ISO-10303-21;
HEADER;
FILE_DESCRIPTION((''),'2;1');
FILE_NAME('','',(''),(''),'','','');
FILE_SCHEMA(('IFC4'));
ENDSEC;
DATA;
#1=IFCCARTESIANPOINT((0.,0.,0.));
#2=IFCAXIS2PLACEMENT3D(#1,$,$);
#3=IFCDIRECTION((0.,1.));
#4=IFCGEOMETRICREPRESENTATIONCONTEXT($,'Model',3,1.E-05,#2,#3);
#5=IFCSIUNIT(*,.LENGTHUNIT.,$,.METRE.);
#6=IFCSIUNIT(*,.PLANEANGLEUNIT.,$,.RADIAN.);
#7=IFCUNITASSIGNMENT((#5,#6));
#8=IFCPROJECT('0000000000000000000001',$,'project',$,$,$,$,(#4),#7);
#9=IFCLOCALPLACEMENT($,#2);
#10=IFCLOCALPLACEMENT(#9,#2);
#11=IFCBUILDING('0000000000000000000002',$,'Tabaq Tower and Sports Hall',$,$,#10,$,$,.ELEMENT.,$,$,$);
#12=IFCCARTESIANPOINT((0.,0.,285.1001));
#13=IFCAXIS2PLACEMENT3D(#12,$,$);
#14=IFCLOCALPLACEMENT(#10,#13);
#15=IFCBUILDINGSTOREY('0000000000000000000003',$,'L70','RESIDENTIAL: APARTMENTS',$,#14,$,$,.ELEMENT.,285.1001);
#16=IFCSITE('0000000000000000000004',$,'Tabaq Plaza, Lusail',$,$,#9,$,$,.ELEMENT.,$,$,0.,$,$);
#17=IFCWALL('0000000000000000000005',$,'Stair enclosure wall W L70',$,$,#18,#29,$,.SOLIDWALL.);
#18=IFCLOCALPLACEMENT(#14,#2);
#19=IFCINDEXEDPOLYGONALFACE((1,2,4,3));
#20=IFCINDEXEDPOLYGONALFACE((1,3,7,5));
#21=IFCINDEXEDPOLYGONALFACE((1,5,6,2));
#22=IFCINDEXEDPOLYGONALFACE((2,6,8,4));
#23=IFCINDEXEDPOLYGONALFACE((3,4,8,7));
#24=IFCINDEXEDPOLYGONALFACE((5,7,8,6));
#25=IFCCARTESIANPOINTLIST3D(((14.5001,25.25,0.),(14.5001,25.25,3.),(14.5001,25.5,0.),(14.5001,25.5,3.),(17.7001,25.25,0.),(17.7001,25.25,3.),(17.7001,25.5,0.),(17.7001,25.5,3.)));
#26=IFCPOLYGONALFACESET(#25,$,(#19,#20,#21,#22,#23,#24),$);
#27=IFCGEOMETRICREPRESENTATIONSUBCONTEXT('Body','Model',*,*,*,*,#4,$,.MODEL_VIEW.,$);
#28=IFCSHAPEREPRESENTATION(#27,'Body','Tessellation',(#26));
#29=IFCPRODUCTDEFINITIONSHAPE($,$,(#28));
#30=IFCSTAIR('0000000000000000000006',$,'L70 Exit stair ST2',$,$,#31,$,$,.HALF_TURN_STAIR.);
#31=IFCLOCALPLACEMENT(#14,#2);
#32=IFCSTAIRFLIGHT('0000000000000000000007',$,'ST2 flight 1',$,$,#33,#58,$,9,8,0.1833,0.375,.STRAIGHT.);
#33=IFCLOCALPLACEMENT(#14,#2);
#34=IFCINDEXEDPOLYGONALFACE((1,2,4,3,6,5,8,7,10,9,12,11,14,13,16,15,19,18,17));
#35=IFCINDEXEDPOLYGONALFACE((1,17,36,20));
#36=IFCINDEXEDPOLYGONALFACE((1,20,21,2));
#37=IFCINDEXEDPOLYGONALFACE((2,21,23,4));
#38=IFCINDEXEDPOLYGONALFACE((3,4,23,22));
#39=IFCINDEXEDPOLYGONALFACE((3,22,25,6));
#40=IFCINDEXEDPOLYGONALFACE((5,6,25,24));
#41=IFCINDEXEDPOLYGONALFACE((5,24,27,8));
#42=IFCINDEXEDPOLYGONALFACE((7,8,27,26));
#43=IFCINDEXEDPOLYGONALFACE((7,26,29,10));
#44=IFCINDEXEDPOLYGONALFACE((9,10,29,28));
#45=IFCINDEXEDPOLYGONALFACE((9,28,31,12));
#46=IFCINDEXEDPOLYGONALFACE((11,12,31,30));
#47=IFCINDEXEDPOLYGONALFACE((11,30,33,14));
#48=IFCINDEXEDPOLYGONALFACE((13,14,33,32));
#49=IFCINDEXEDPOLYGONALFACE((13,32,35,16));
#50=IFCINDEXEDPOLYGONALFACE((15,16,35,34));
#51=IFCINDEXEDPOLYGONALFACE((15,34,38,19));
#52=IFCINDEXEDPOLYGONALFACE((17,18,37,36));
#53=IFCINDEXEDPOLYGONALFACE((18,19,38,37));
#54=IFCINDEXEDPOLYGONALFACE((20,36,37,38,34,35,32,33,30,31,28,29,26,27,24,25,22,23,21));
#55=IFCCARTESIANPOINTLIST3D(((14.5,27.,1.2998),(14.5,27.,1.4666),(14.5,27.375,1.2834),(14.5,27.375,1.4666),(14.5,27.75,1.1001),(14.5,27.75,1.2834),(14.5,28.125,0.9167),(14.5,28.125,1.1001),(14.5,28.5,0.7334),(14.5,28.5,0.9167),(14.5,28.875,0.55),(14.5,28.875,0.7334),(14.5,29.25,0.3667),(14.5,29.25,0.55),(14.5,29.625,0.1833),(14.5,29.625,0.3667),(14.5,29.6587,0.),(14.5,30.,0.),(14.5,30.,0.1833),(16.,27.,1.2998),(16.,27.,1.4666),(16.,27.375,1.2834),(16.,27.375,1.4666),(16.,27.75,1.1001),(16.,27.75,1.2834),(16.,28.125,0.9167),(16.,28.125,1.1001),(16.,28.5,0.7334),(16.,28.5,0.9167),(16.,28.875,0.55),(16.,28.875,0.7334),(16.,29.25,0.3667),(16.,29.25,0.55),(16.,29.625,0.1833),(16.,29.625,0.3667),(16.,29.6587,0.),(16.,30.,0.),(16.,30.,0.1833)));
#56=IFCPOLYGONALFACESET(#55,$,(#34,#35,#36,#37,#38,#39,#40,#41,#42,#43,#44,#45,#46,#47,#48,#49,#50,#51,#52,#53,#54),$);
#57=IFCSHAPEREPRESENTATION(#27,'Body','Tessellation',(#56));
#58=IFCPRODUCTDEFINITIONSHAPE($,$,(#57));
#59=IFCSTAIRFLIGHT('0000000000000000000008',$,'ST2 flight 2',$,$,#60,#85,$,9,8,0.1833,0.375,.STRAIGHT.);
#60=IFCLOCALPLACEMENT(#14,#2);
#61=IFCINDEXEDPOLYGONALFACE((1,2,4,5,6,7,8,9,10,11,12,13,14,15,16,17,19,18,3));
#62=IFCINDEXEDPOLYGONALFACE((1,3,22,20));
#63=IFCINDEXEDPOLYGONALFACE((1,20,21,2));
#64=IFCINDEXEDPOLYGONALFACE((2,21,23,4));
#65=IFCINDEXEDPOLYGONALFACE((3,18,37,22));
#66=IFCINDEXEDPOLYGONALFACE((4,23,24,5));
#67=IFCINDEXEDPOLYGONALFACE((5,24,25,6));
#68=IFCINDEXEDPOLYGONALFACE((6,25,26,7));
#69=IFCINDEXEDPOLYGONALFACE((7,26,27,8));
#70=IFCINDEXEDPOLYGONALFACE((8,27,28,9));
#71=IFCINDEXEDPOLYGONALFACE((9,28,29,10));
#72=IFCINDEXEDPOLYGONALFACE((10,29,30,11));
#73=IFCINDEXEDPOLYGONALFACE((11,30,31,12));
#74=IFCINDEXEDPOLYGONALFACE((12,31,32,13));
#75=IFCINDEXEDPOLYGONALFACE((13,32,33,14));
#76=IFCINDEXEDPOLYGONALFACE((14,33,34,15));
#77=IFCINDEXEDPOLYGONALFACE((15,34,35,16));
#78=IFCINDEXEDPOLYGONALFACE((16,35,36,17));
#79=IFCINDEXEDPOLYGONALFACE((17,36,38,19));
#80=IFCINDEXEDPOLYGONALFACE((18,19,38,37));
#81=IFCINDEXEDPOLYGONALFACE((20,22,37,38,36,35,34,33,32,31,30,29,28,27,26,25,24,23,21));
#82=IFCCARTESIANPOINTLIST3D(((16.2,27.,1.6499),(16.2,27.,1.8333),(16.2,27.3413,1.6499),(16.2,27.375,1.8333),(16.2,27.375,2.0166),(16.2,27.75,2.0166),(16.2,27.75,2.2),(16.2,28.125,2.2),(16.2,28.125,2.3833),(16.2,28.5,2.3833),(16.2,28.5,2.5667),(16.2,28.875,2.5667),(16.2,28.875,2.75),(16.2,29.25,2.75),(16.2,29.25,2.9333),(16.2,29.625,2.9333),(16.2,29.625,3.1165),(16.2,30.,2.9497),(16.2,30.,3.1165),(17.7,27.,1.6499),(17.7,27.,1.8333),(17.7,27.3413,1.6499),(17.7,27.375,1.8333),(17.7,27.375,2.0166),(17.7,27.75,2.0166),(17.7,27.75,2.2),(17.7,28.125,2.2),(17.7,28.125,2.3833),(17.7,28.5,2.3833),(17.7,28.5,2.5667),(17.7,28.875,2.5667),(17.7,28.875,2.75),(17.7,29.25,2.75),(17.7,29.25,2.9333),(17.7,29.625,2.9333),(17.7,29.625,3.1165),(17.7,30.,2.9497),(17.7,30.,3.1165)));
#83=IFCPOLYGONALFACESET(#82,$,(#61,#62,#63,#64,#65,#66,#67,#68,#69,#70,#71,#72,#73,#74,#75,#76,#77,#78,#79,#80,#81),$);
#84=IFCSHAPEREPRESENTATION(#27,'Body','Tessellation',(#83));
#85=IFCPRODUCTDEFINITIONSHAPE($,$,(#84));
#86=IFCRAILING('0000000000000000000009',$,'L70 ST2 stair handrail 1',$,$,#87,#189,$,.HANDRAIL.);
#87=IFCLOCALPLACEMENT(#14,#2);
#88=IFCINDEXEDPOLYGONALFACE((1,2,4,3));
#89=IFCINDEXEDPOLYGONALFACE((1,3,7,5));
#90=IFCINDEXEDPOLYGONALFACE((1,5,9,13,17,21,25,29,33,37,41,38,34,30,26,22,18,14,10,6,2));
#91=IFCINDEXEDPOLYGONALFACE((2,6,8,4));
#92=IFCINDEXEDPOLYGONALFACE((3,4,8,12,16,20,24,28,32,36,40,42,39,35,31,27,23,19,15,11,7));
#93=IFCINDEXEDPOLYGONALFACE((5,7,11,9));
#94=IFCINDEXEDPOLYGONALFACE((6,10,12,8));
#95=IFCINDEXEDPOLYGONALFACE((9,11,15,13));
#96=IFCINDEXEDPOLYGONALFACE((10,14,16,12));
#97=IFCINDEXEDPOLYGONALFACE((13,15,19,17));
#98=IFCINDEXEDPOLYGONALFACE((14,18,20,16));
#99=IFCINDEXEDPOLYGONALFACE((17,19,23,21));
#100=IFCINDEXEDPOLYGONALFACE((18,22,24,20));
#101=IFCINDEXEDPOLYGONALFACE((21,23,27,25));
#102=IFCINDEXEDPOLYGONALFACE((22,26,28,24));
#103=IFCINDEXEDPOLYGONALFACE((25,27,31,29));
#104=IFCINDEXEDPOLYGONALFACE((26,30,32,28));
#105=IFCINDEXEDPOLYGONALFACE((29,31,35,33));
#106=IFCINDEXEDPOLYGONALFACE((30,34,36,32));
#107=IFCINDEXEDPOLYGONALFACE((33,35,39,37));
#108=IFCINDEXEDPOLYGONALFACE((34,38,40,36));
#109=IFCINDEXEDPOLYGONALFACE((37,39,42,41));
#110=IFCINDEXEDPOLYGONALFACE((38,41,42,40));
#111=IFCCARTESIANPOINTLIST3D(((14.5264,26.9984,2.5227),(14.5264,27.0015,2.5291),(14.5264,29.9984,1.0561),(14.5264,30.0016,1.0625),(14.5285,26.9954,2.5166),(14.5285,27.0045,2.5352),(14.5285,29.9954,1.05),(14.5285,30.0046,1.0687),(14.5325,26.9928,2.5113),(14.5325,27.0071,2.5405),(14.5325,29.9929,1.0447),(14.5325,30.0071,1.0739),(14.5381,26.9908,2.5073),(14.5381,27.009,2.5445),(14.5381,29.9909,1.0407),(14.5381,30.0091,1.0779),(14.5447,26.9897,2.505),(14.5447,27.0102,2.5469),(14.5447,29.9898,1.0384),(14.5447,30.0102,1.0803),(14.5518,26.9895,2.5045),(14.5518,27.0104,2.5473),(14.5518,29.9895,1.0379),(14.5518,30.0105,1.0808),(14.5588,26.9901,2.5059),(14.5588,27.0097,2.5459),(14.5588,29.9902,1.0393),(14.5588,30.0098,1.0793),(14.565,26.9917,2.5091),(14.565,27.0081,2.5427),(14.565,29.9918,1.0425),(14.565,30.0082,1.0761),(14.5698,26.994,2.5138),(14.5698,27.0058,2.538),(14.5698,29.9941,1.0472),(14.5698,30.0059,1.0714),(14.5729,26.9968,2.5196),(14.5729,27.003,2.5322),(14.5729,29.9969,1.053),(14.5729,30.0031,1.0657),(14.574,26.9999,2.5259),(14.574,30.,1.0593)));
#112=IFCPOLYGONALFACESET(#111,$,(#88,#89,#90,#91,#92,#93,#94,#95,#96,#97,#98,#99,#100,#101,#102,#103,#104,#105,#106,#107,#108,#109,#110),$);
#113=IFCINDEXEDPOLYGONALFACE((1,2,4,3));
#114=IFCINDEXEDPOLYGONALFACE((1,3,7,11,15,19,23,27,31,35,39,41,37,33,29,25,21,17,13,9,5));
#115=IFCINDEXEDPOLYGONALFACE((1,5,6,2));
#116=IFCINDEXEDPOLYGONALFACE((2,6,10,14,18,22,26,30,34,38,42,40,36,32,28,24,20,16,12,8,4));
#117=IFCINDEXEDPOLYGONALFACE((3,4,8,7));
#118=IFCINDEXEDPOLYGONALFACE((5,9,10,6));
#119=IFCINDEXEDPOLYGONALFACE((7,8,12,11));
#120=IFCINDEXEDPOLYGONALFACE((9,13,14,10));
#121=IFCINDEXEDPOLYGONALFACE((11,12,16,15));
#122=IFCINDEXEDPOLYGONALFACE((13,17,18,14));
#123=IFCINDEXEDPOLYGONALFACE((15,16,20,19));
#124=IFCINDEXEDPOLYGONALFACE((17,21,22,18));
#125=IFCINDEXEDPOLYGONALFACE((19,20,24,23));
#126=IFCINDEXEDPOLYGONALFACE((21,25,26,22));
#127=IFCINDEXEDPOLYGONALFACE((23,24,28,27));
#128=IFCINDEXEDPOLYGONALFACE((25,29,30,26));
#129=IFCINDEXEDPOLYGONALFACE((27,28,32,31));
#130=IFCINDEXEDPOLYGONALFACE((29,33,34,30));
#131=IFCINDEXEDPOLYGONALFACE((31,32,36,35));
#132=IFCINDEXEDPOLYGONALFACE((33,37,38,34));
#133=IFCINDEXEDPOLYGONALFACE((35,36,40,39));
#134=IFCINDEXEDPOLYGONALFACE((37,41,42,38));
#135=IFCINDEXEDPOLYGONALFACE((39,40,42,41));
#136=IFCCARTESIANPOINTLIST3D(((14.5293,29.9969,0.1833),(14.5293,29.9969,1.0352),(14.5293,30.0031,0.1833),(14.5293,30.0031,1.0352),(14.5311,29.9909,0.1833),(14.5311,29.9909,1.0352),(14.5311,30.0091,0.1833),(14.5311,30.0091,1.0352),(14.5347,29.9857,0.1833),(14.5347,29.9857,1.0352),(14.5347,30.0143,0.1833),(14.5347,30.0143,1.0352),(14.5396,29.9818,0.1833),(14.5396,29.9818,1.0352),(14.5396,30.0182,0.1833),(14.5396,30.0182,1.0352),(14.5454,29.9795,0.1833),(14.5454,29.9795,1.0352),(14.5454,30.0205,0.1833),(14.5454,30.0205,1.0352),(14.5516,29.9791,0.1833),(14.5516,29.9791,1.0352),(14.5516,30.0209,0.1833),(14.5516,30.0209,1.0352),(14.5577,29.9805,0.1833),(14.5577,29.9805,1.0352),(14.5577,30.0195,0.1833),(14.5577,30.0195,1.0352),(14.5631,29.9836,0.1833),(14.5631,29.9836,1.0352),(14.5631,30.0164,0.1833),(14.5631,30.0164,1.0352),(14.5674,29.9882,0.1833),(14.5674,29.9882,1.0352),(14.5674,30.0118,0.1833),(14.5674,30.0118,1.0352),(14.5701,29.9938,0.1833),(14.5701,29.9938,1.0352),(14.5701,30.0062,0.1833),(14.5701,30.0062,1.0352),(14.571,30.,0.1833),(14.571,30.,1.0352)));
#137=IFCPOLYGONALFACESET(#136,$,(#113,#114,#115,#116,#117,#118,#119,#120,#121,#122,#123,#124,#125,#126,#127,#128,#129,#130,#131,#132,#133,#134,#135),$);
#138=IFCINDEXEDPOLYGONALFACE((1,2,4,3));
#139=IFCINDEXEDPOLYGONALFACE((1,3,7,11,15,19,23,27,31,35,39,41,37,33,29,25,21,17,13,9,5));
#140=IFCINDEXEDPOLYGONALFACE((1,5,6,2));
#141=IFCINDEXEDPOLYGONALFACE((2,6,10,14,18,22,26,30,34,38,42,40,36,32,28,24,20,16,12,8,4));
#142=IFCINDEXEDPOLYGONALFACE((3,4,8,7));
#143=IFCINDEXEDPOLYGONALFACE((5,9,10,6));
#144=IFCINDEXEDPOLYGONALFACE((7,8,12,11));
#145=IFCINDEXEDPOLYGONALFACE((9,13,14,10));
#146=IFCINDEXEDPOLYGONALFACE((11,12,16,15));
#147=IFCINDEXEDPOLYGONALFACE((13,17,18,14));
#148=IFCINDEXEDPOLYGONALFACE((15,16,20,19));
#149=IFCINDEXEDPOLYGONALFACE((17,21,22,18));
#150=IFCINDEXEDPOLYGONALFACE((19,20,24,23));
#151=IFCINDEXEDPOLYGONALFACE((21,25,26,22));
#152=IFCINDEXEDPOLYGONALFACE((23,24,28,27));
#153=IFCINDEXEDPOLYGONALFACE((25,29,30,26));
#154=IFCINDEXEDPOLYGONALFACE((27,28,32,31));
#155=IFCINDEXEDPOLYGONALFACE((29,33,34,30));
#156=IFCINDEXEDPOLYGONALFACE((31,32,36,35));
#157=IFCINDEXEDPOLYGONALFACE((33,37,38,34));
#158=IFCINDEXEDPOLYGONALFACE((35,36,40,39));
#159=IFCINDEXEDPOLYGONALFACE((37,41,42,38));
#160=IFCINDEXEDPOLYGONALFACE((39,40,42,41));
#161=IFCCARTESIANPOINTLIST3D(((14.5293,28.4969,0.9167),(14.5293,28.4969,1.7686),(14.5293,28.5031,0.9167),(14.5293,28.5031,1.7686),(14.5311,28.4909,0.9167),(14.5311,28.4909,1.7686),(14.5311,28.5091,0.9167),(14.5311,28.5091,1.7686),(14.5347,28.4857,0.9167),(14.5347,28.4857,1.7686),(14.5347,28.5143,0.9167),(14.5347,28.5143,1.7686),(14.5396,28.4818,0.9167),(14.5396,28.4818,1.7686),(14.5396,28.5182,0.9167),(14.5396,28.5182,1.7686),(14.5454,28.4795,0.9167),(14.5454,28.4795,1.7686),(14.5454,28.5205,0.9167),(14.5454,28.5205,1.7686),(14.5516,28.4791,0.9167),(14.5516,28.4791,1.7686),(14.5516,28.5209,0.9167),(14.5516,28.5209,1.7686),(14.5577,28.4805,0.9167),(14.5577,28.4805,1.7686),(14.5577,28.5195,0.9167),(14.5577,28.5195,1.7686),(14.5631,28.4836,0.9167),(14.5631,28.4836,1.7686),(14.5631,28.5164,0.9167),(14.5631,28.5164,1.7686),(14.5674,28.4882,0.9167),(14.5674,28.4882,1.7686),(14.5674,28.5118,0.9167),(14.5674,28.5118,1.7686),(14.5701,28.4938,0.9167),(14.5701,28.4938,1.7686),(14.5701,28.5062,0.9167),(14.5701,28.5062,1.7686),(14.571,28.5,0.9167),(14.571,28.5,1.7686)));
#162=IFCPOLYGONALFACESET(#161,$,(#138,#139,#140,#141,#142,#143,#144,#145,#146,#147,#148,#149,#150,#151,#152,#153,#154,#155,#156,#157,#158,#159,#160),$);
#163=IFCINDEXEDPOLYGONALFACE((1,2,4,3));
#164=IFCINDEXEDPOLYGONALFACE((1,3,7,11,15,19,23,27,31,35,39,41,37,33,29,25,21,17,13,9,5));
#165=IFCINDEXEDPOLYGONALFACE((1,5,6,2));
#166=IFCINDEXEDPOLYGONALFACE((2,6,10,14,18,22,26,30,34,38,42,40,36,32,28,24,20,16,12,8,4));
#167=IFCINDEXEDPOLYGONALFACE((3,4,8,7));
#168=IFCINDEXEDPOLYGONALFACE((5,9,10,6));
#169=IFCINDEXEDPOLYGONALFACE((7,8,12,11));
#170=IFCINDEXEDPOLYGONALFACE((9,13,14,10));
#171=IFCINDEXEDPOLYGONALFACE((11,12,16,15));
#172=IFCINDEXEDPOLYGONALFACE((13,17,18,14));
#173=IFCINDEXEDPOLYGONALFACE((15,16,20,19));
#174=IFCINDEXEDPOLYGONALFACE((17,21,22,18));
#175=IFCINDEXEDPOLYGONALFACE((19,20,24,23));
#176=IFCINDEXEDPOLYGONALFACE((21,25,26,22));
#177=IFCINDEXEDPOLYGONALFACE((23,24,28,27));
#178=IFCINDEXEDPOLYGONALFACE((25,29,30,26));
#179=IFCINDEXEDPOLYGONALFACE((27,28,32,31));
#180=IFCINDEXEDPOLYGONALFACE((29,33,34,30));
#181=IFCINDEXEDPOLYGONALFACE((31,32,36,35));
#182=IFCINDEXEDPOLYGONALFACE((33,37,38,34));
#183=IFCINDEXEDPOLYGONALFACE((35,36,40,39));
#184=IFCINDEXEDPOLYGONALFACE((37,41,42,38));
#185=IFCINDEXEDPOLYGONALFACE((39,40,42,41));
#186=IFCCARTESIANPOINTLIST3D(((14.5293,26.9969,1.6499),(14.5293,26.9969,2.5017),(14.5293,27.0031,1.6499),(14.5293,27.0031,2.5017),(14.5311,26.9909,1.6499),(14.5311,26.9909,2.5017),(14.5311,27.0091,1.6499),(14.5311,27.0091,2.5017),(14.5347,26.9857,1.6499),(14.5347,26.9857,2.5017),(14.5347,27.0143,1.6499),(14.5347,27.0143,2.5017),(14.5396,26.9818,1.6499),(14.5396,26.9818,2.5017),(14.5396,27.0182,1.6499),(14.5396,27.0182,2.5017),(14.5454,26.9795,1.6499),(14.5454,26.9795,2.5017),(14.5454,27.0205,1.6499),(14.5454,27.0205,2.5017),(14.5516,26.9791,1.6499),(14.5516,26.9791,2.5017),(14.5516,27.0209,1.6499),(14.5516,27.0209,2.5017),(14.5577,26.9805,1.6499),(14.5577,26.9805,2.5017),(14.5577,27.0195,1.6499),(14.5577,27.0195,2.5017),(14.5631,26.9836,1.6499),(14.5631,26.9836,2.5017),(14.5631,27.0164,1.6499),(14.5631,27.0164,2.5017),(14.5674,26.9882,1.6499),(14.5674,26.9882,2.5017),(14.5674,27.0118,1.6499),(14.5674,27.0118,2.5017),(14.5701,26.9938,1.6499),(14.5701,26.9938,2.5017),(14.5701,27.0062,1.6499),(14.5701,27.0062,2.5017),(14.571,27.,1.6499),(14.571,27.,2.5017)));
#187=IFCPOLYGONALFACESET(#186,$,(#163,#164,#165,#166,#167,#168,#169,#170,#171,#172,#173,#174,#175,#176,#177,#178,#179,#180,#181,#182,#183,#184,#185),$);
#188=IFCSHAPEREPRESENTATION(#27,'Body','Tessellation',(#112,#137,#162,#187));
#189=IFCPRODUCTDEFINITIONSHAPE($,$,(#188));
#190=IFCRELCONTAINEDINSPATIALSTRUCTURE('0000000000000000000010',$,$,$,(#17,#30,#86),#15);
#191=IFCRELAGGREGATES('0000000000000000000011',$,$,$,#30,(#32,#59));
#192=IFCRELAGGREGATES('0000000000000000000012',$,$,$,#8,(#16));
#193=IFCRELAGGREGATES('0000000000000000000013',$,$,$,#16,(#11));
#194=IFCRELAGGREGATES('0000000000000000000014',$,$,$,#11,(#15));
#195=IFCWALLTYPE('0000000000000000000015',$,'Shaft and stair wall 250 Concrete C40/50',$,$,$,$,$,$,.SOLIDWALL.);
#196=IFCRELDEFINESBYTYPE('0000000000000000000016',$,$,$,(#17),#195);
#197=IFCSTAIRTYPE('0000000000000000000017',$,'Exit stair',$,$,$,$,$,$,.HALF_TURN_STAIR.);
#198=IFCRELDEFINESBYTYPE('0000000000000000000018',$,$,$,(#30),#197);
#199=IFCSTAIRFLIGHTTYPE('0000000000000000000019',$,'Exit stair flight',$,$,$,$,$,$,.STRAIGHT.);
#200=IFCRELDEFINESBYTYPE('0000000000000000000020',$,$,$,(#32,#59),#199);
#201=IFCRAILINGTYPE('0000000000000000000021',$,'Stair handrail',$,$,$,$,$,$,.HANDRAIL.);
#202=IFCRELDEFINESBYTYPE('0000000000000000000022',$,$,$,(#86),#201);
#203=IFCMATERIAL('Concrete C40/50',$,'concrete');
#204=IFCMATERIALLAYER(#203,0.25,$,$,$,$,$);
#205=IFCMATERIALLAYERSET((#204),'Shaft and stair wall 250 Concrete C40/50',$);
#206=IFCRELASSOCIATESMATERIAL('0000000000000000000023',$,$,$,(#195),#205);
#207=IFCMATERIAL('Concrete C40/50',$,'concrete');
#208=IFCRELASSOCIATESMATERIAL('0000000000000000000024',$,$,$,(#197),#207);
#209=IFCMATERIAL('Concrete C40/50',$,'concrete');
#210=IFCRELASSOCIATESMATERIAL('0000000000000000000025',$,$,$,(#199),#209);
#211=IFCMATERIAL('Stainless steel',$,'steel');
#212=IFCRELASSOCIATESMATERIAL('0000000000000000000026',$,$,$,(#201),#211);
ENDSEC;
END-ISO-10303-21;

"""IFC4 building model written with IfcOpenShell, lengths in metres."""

from ifc_helpers import new_model, si_unit, direction, frame, frame_2d, origin, origin_2d, place, context, subcontext, project, spatial, polyline, rectangle, circle, outline, extrude, material, layer, layer_set, type_object, element, aggregate, save


model = new_model("IFC4")

# Units and contexts
model_context = context("Model", 3, precision=1e-05, world=origin(), true_north=direction((0.0, 1.0)))
body_context = subcontext(model_context, "Body", "Model", "MODEL_VIEW")
ifc_project = project(units=[si_unit("LENGTHUNIT", "METRE"), si_unit("PLANEANGLEUNIT", "RADIAN")], contexts=[model_context])

# Site, building, storey
site_placement = place(None, origin())
site = spatial("IfcSite", under=ifc_project, at=site_placement, Name="Tabaq Plaza, Lusail", CompositionType="ELEMENT", RefElevation=0.0)
building_placement = place(site_placement, origin())
building = spatial("IfcBuilding", under=site, at=building_placement, Name="Tabaq Tower and Sports Hall", CompositionType="ELEMENT")
storey_placement = place(building_placement, frame((0.0, 0.0, 285.1001)))
storey = spatial("IfcBuildingStorey", under=building, at=storey_placement, Name="L70", Description="RESIDENTIAL: APARTMENTS", CompositionType="ELEMENT", Elevation=285.1001)

# Wall
ifc_material_1 = material(Name="Concrete C40/50", Category="concrete")
ifc_layer_1 = layer(ifc_material_1, 0.25)
ifc_layer_set_1 = layer_set([ifc_layer_1], Name="Shaft and stair wall 250 Concrete C40/50")
wall_type_1 = type_object("IfcWallType", Name="Shaft and stair wall 250 Concrete C40/50", PredefinedType="SOLIDWALL", material=ifc_layer_set_1)
wall_1_placement = place(storey_placement, frame((14.5, 25.375, 0.0), z_axis=(0.0, 0.0, 1.0), x_axis=(1.0, 0.0, 0.0)))
element("IfcWall", 1, at=wall_1_placement, inside=storey, type_object=wall_type_1, Name="Stair enclosure wall W L70", PredefinedType="SOLIDWALL", context=body_context, shape_type="SweptSolid", body=[
    extrude(rectangle(XDim=3.2, YDim=0.25, at=frame_2d((1.6001, 0.0))), origin(), (0.0, 0.0, 1.0), 3.0),
])

# Stair, stair flights
ifc_material_2 = material(Name="Concrete C40/50", Category="concrete")
stair_type = type_object("IfcStairType", Name="Exit stair", PredefinedType="HALF_TURN_STAIR", material=ifc_material_2)
stair_placement = place(storey_placement, origin())
stair = element("IfcStair", 2, at=stair_placement, inside=storey, type_object=stair_type, Name="L70 Exit stair ST2", PredefinedType="HALF_TURN_STAIR")
ifc_material_3 = material(Name="Concrete C40/50", Category="concrete")
stair_flight_type = type_object("IfcStairFlightType", Name="Exit stair flight", PredefinedType="STRAIGHT", material=ifc_material_3)
stair_flight_1_placement = place(storey_placement, frame((15.25, 30.0, 0.0), z_axis=(0.0, 0.0, 1.0), x_axis=(0.0, -1.0, 0.0)))
stair_flight_1 = element("IfcStairFlight", 3, at=stair_flight_1_placement, type_object=stair_flight_type, Name="ST2 flight 1", NumberOfRisers=9, NumberOfTreads=8, PredefinedType="STRAIGHT", RiserHeight=0.1833, TreadLength=0.375, context=body_context, shape_type="SweptSolid", body=[
    extrude(outline(polyline([(0.0, 0.0), (0.0, 0.1833), (0.375, 0.1833), (0.375, 0.3667), (0.75, 0.3667), (0.75, 0.55), (1.125, 0.55), (1.125, 0.7334), (1.5, 0.7334), (1.5, 0.9167), (1.875, 0.9167), (1.875, 1.1001), (2.25, 1.1001), (2.25, 1.2834), (2.625, 1.2834), (2.625, 1.4666), (3.0, 1.4666), (3.0, 1.6499), (3.0, 1.2998), (0.3413, 0.0), (0.0, 0.0)])), frame((0.0, 0.75, 0.0), z_axis=(0.0, -1.0, 0.0), x_axis=(1.0, 0.0, 0.0)), (0.0, 0.0, 1.0), 1.5),
])
stair_flight_2_placement = place(storey_placement, frame((16.95, 27.0, 1.6499), z_axis=(0.0, 0.0, 1.0), x_axis=(0.0, 1.0, 0.0)))
stair_flight_2 = element("IfcStairFlight", 4, at=stair_flight_2_placement, type_object=stair_flight_type, Name="ST2 flight 2", NumberOfRisers=9, NumberOfTreads=8, PredefinedType="STRAIGHT", RiserHeight=0.1833, TreadLength=0.375, context=body_context, shape_type="SweptSolid", body=[
    extrude(outline(polyline([(0.0, 0.0), (0.0, 0.1833), (0.375, 0.1833), (0.375, 0.3667), (0.75, 0.3667), (0.75, 0.55), (1.125, 0.55), (1.125, 0.7334), (1.5, 0.7334), (1.5, 0.9167), (1.875, 0.9167), (1.875, 1.1001), (2.25, 1.1001), (2.25, 1.2834), (2.625, 1.2834), (2.625, 1.4666), (3.0, 1.4666), (3.0, 1.6499), (3.0, 1.2998), (0.3413, 0.0), (0.0, 0.0)])), frame((0.0, 0.75, 0.0), z_axis=(0.0, -1.0, 0.0), x_axis=(1.0, 0.0, 0.0)), (0.0, 0.0, 1.0), 1.5),
])
aggregate(stair, [stair_flight_1, stair_flight_2])

# Railing
ifc_material_4 = material(Name="Stainless steel", Category="steel")
railing_type_1 = type_object("IfcRailingType", Name="Stair handrail", PredefinedType="HANDRAIL", material=ifc_material_4)
railing_1_placement = place(storey_placement, frame((14.55, 30.0, 0.1833)))
element("IfcRailing", 5, at=railing_1_placement, inside=storey, type_object=railing_type_1, Name="L70 ST2 stair handrail 1", PredefinedType="HANDRAIL", context=body_context, shape_type="SweptSolid", body=[
    extrude(circle(Radius=0.0239, at=origin_2d()), frame((0.0, 0.0, 0.876), z_axis=(0.0, -0.898398, 0.439183), x_axis=(1.0, 0.0, 0.0)), (0.0, 0.0, 1.0), 3.3394),
    extrude(circle(Radius=0.021, at=origin_2d()), origin(), (0.0, 0.0, 1.0), 0.8518),
    extrude(circle(Radius=0.021, at=origin_2d()), frame((0.0, -1.5, 0.7334)), (0.0, 0.0, 1.0), 0.8518),
    extrude(circle(Radius=0.021, at=origin_2d()), frame((0.0, -3.0, 1.4666)), (0.0, 0.0, 1.0), 0.8518),
])

save(model, "model.ifc")
